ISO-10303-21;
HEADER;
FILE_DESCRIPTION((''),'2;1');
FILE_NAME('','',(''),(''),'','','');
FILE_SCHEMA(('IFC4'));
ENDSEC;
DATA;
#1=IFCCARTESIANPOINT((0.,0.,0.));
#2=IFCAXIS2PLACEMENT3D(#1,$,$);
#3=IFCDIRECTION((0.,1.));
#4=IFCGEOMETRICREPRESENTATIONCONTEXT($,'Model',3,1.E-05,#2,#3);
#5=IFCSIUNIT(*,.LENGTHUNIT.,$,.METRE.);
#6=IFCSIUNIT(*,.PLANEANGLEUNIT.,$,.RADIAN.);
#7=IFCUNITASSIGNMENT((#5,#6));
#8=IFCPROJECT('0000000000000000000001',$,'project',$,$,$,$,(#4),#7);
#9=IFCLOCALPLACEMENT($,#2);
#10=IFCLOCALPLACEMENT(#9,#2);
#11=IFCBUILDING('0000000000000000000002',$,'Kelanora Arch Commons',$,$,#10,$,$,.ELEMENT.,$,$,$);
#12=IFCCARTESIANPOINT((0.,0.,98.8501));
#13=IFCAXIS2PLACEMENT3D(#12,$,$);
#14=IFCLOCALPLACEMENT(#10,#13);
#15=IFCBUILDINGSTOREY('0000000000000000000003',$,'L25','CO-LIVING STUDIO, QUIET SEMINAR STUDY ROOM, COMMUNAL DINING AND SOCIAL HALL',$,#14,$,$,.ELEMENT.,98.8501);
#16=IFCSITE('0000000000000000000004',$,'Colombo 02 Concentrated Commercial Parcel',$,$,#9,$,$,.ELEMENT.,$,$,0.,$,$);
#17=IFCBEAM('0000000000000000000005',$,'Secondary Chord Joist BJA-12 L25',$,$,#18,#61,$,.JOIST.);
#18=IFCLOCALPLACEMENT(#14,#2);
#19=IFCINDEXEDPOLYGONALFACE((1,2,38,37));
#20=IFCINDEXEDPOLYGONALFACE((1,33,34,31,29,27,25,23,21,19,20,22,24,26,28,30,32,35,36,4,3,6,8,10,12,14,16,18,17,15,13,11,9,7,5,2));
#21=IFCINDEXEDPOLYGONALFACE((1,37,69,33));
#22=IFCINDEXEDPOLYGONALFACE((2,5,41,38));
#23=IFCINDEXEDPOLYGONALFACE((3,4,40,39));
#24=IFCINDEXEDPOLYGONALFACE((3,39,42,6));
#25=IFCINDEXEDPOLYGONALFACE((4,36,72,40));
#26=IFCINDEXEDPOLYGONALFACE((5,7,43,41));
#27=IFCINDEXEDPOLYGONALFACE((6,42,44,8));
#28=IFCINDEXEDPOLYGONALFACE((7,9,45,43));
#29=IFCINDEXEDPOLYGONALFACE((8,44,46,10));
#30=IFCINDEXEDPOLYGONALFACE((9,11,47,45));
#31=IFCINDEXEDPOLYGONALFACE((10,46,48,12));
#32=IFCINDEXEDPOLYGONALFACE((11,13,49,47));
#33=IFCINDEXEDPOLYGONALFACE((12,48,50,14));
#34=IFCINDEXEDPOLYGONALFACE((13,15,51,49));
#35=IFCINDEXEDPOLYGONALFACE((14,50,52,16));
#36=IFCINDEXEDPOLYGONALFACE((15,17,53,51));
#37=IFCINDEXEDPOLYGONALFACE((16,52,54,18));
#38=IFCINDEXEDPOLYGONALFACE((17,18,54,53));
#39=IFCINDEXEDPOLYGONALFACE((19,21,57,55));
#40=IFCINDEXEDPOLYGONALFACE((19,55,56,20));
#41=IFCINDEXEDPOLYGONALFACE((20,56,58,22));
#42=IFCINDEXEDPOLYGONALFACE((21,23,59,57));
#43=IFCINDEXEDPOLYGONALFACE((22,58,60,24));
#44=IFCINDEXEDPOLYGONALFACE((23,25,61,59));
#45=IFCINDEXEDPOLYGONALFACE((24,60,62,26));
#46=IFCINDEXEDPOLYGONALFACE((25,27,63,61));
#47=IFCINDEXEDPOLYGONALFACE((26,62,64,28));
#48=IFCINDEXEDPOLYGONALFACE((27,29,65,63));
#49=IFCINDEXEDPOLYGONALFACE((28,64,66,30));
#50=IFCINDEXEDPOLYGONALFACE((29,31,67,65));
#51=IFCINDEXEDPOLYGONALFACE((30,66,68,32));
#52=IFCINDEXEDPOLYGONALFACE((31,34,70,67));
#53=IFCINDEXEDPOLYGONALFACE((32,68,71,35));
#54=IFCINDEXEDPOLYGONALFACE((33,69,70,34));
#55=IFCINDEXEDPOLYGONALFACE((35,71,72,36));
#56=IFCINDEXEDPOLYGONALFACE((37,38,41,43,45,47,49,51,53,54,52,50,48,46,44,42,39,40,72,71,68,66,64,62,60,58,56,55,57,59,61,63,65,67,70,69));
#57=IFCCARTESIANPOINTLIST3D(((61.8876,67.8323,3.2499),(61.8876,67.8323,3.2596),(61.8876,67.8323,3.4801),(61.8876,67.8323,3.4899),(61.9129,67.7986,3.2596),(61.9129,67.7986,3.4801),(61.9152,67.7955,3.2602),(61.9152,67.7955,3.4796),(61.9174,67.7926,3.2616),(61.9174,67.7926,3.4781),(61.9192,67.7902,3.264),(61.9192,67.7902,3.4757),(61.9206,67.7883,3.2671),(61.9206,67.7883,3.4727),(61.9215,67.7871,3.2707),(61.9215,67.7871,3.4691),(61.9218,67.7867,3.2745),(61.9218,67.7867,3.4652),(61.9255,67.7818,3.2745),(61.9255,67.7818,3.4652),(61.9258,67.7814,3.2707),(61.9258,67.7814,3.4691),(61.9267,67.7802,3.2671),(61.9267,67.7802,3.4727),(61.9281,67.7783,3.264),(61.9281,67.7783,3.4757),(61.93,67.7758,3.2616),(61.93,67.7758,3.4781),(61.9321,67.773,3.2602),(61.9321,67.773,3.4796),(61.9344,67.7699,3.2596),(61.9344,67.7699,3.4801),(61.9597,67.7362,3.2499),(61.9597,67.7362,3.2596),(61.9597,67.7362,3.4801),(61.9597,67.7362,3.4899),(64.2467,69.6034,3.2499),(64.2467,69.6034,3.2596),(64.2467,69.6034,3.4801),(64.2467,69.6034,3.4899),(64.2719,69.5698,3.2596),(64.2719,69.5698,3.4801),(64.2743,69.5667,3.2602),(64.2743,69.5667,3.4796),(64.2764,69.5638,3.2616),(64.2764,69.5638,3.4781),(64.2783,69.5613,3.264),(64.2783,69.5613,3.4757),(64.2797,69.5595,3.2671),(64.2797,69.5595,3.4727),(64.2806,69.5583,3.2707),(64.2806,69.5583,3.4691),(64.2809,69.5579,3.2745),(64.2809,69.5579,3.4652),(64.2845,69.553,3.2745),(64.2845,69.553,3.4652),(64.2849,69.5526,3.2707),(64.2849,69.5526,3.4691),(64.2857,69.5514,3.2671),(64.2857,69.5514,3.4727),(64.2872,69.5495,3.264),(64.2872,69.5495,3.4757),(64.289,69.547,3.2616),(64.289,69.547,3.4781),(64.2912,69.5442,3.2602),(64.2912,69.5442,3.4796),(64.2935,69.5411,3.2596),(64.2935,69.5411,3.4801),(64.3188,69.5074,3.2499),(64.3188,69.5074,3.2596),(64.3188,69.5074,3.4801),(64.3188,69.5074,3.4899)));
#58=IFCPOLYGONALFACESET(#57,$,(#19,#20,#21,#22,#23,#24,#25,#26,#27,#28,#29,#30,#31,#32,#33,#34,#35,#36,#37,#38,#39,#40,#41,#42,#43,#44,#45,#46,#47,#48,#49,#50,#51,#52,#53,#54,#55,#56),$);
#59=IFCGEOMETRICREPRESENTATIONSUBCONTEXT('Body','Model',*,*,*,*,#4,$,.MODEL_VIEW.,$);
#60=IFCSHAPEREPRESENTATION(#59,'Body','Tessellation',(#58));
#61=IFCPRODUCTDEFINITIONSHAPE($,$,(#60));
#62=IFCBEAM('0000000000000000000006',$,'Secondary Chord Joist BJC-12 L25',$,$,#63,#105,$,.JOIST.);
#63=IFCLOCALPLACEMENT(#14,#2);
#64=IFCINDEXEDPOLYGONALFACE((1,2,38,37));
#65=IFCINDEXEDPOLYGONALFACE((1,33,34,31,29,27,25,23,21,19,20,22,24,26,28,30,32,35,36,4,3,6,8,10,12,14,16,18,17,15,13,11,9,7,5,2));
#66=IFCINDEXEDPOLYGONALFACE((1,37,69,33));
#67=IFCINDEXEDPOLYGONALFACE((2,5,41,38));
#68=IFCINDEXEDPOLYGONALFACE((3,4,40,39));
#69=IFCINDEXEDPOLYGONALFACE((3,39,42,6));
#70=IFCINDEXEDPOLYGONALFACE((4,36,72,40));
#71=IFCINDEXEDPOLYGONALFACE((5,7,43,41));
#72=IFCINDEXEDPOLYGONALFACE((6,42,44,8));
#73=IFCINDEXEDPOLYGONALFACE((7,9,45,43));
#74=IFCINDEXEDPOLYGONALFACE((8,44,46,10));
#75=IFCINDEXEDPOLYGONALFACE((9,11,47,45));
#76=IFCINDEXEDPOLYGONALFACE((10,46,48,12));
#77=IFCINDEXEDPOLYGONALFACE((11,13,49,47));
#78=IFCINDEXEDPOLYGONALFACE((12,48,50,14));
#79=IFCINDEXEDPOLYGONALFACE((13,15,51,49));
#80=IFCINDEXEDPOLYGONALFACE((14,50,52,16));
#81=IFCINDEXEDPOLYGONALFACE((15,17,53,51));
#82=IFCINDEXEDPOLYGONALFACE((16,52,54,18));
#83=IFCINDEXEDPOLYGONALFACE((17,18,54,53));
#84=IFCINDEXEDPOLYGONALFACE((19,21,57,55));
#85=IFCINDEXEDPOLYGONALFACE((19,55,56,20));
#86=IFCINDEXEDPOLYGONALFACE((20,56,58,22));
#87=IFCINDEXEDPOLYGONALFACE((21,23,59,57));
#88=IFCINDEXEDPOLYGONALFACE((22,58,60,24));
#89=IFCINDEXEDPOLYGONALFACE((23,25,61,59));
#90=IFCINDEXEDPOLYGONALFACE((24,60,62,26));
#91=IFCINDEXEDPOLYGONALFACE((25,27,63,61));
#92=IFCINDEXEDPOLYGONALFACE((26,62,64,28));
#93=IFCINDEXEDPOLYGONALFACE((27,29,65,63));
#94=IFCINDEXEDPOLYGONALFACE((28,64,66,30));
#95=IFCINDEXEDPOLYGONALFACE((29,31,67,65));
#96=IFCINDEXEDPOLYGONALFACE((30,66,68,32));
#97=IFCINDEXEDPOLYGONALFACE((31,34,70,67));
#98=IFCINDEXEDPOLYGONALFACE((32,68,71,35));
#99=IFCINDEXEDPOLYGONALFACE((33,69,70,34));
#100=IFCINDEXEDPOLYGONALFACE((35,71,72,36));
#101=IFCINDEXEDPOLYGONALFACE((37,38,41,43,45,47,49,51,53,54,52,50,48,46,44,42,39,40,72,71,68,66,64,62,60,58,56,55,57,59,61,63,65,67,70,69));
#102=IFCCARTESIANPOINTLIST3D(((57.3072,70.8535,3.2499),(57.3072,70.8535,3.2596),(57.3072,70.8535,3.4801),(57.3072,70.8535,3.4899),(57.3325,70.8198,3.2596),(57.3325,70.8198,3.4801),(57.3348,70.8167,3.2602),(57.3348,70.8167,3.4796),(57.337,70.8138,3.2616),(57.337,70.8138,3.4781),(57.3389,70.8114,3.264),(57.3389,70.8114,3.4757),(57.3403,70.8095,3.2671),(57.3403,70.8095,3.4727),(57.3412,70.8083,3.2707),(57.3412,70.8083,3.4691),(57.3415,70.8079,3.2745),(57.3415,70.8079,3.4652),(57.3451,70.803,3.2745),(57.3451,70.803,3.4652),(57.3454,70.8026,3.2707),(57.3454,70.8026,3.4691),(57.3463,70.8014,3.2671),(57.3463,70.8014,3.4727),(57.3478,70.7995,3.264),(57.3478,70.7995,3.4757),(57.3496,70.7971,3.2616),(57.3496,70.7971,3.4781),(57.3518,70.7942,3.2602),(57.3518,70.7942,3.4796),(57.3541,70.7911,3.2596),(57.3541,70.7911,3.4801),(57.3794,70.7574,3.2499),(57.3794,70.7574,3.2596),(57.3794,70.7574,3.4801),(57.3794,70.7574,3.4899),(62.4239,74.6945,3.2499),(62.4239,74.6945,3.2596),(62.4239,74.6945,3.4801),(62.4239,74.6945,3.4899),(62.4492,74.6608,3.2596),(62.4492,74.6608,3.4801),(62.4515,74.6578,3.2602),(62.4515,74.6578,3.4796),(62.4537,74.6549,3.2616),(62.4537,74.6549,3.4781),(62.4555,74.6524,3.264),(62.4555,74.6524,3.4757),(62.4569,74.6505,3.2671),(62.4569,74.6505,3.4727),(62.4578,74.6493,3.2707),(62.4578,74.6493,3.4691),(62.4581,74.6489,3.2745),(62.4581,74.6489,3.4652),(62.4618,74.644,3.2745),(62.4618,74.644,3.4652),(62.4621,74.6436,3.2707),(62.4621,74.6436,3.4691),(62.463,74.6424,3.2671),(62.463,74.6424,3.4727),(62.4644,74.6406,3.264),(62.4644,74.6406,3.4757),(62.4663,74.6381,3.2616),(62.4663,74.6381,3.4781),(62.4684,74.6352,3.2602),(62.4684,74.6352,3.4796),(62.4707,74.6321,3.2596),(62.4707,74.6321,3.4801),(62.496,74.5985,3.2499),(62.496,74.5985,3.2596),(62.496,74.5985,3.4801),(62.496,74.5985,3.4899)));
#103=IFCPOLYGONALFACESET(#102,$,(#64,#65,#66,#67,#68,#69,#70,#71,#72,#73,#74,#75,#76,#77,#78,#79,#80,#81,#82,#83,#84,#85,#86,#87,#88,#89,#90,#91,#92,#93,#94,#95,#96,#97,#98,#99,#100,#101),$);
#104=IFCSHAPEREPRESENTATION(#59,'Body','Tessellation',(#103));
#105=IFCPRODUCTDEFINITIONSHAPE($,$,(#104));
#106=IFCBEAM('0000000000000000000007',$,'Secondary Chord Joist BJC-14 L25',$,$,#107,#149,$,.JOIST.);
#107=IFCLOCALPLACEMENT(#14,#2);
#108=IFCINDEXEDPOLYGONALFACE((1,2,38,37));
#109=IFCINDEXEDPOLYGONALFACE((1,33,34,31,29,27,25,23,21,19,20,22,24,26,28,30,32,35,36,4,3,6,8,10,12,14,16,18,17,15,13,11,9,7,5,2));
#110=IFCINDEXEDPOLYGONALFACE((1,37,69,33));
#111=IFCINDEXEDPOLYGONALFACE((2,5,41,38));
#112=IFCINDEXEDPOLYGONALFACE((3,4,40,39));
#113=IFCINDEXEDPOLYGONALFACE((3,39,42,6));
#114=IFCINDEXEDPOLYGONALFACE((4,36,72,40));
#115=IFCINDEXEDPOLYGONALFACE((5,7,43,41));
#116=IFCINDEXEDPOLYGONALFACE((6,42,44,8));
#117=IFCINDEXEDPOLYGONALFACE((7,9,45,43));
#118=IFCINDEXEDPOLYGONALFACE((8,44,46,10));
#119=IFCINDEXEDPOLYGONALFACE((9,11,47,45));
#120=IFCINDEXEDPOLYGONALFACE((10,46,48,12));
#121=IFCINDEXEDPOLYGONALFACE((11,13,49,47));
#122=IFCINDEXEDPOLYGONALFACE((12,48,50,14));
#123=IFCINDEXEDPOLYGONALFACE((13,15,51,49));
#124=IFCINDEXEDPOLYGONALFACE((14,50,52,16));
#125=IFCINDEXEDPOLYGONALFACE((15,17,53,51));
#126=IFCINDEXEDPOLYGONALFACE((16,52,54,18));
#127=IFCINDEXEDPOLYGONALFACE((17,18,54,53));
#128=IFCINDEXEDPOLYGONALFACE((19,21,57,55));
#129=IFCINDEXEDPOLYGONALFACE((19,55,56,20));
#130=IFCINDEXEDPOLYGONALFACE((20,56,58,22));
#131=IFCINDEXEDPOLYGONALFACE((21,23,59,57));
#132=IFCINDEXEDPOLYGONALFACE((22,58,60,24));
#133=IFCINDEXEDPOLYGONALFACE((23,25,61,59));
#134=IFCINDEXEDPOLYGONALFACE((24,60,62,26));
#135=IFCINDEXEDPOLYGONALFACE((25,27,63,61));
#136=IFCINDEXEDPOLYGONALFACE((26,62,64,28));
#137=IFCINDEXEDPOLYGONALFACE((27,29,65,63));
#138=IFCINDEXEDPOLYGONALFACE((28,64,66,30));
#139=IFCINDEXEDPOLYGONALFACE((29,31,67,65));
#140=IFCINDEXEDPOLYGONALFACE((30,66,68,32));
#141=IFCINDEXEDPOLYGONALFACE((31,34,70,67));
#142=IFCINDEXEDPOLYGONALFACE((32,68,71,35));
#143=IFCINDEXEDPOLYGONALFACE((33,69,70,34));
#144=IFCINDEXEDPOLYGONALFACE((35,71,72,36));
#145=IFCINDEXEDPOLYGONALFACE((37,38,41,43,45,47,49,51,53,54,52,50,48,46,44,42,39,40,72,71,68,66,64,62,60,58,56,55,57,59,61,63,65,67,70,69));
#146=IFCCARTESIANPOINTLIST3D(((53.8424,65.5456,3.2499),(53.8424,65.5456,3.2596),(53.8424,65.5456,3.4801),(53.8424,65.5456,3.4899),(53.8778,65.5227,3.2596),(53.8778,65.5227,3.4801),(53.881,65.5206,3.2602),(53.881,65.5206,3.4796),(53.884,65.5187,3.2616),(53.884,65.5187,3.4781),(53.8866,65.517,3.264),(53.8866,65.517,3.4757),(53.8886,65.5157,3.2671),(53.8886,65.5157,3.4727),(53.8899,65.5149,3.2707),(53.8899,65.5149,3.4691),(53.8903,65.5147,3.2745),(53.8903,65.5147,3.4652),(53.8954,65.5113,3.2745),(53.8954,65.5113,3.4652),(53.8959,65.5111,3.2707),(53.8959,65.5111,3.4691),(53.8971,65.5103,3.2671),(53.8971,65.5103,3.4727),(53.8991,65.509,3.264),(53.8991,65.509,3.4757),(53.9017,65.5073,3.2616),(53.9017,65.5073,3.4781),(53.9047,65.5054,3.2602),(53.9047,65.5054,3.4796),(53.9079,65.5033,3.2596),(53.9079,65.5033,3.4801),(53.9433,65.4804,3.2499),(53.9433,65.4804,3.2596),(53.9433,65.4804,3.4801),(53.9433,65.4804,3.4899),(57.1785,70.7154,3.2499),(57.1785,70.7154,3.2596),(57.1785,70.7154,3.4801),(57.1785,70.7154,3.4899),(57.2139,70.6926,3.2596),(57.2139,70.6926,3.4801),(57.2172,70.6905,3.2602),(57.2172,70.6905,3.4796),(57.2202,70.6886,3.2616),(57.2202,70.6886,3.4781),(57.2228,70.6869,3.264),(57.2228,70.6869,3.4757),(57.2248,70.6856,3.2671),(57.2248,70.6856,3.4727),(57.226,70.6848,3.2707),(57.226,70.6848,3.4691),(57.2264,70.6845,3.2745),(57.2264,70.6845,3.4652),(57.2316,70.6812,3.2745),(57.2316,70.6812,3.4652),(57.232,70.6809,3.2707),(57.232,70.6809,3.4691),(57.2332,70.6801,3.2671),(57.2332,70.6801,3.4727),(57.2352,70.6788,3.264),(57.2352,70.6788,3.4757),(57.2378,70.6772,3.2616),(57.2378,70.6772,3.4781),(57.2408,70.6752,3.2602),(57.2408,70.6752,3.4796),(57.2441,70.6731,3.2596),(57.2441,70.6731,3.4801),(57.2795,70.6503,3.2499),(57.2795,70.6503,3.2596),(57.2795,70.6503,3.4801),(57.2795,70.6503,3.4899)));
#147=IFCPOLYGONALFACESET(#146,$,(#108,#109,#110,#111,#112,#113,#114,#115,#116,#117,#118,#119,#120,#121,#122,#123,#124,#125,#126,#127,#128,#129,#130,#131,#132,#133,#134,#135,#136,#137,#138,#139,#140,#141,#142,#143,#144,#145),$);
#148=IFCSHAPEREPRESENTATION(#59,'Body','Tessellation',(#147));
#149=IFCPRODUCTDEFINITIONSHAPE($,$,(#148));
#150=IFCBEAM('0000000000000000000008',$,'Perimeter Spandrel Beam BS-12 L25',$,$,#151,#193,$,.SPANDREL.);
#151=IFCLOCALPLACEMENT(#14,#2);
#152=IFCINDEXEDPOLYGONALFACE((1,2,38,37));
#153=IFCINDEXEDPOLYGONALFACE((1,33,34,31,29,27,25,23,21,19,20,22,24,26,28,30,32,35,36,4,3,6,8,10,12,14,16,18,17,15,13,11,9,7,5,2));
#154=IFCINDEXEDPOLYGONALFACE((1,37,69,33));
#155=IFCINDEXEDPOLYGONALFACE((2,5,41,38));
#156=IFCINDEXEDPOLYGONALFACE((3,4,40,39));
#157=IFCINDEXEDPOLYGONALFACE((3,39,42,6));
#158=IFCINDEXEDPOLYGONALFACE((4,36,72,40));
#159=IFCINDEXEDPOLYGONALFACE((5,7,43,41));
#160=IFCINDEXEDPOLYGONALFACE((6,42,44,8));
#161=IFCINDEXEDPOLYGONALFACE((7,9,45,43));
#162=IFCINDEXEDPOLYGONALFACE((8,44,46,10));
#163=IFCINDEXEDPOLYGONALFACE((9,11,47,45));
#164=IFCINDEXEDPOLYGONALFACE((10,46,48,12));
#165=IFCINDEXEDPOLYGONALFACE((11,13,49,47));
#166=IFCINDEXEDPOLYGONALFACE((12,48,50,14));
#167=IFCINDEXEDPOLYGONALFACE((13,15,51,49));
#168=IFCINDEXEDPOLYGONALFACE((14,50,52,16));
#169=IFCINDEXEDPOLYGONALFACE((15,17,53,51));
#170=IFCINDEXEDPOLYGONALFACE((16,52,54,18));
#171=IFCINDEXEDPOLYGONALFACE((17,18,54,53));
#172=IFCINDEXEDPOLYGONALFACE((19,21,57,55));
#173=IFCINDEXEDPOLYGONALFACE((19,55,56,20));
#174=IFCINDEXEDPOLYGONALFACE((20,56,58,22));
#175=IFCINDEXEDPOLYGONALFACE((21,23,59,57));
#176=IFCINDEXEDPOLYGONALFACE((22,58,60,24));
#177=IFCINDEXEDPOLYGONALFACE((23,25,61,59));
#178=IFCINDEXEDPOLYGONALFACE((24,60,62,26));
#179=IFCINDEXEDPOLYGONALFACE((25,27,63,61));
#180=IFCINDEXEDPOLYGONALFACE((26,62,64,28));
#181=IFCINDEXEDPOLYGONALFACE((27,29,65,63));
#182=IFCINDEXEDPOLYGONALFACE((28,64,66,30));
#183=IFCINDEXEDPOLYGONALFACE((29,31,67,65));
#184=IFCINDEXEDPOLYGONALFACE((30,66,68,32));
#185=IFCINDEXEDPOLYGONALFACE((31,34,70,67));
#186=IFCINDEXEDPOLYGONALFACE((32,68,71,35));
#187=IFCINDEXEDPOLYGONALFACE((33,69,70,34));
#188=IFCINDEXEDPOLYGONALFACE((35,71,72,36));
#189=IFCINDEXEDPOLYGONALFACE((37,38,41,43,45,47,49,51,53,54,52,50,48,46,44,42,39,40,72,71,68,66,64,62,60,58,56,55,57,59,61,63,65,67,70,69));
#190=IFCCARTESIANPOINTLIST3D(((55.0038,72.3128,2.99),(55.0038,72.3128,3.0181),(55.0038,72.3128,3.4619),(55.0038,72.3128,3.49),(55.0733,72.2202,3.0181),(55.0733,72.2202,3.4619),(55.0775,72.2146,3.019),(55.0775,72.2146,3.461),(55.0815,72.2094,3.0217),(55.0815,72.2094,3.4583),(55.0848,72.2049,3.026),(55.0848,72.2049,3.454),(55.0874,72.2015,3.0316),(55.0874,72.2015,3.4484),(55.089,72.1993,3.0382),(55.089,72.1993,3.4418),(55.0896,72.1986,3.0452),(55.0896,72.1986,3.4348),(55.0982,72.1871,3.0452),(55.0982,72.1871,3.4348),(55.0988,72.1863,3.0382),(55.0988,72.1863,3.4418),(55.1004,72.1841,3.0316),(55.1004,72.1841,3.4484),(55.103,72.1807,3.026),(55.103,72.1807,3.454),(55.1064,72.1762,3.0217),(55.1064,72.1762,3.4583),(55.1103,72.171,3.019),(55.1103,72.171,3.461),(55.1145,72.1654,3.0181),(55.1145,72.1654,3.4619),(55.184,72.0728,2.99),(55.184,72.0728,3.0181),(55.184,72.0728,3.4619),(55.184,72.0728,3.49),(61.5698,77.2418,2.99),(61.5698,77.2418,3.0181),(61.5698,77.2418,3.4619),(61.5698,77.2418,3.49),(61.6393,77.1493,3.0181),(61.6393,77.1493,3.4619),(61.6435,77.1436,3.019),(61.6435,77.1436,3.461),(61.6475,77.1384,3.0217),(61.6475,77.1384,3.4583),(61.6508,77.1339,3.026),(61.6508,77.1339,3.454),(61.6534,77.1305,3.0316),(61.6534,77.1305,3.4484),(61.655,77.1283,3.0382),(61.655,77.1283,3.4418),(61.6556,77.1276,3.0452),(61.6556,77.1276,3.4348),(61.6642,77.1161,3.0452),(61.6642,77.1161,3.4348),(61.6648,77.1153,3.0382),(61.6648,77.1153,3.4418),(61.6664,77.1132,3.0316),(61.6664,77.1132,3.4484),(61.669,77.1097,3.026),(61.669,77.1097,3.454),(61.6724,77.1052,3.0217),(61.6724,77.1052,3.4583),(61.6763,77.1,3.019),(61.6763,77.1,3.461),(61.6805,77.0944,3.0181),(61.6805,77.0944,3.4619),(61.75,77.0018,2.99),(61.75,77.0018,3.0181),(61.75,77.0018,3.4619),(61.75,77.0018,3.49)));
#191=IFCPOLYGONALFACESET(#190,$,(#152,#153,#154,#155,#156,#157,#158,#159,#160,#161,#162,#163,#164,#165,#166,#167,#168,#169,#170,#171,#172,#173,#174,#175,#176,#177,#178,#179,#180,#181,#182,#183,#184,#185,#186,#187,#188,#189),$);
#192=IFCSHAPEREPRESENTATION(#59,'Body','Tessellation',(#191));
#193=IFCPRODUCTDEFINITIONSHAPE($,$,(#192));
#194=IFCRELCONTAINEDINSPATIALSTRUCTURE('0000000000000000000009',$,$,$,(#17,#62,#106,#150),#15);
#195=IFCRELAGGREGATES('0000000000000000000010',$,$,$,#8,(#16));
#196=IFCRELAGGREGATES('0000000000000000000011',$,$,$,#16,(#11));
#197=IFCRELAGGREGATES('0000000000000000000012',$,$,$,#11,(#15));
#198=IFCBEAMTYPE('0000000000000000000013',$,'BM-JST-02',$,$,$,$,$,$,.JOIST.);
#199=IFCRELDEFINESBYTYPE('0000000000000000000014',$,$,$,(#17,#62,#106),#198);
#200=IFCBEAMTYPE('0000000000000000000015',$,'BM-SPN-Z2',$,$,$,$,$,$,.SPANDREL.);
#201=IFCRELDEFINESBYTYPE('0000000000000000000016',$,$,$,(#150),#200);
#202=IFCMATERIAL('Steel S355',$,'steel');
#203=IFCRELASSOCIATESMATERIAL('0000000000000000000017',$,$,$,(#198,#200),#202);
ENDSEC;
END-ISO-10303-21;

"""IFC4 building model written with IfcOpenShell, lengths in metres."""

from ifc_helpers import new_model, si_unit, direction, frame, origin, origin_2d, place, context, subcontext, project, spatial, i_section, extrude, material, material_profile, profile_set, type_object, element, save


model = new_model("IFC4")

# Units and contexts
model_context = context("Model", 3, precision=1e-05, world=origin(), true_north=direction((0.0, 1.0)))
body_context = subcontext(model_context, "Body", "Model", "MODEL_VIEW")
ifc_project = project(units=[si_unit("LENGTHUNIT", "METRE"), si_unit("PLANEANGLEUNIT", "RADIAN")], contexts=[model_context])

# Site, building, storey
site_placement = place(None, origin())
site = spatial("IfcSite", under=ifc_project, at=site_placement, Name="Colombo 02 Concentrated Commercial Parcel", CompositionType="ELEMENT", RefElevation=0.0)
building_placement = place(site_placement, origin())
building = spatial("IfcBuilding", under=site, at=building_placement, Name="Kelanora Arch Commons", CompositionType="ELEMENT")
storey_placement = place(building_placement, frame((0.0, 0.0, 98.8501)))
storey = spatial("IfcBuildingStorey", under=building, at=storey_placement, Name="L25", Description="CO-LIVING STUDIO, QUIET SEMINAR STUDY ROOM, COMMUNAL DINING AND SOCIAL HALL", CompositionType="ELEMENT", Elevation=98.8501)

# Beams
ifc_material_1 = material(Name="Steel S355", Category="steel")
ifc_material_profile_1 = material_profile(ifc_material_1, i_section(OverallWidth=0.1201, OverallDepth=0.24, WebThickness=0.0061, FlangeThickness=0.0098, FilletRadius=0.0149, at=origin_2d()), Name="IPE240")
ifc_profile_set_1 = profile_set([ifc_material_profile_1], Name="Steel S355")
beam_type_1 = type_object("IfcBeamType", Name="BM-JST-02", PredefinedType="JOIST", material=ifc_profile_set_1)
beam_1_placement = place(storey_placement, frame((64.2827, 69.5554, 3.3699), z_axis=(-0.799692, -0.60041, 0.0), x_axis=(0.60041, -0.799692, 0.0)))
element("IfcBeam", 1, at=beam_1_placement, inside=storey, type_object=beam_type_1, Name="Secondary Chord Joist BJA-12 L25", PredefinedType="JOIST", context=body_context, shape_type="SweptSolid", body=[
    extrude(i_section(OverallWidth=0.1201, OverallDepth=0.24, WebThickness=0.0061, FlangeThickness=0.0098, FilletRadius=0.0149, at=origin_2d()), origin(), (0.0, 0.0, 1.0), 2.95),
])
beam_2_placement = place(storey_placement, frame((62.46, 74.6465, 3.3699), z_axis=(-0.799734, -0.600354, 0.0), x_axis=(0.600354, -0.799734, 0.0)))
element("IfcBeam", 2, at=beam_2_placement, inside=storey, type_object=beam_type_1, Name="Secondary Chord Joist BJC-12 L25", PredefinedType="JOIST", context=body_context, shape_type="SweptSolid", body=[
    extrude(i_section(OverallWidth=0.1201, OverallDepth=0.24, WebThickness=0.0061, FlangeThickness=0.0098, FilletRadius=0.0149, at=origin_2d()), origin(), (0.0, 0.0, 1.0), 6.3979),
])
beam_3_placement = place(storey_placement, frame((57.229, 70.6829, 3.3699), z_axis=(-0.542213, -0.840241, 0.0), x_axis=(0.840241, -0.542213, 0.0)))
element("IfcBeam", 3, at=beam_3_placement, inside=storey, type_object=beam_type_1, Name="Secondary Chord Joist BJC-14 L25", PredefinedType="JOIST", context=body_context, shape_type="SweptSolid", body=[
    extrude(i_section(OverallWidth=0.1201, OverallDepth=0.24, WebThickness=0.0061, FlangeThickness=0.0098, FilletRadius=0.0149, at=origin_2d()), origin(), (0.0, 0.0, 1.0), 6.1528),
])
ifc_material_profile_2 = material_profile(ifc_material_1, i_section(OverallWidth=0.3, OverallDepth=0.5, WebThickness=0.0144, FlangeThickness=0.0281, FilletRadius=0.0271, at=origin_2d()), Name="HEB500")
ifc_profile_set_2 = profile_set([ifc_material_profile_2], Name="Steel S355")
beam_type_2 = type_object("IfcBeamType", Name="BM-SPN-Z2", PredefinedType="SPANDREL", material=ifc_profile_set_2)
beam_4_placement = place(storey_placement, frame((61.6599, 77.1218, 3.24), z_axis=(-0.799736, -0.600352, 0.0), x_axis=(0.600352, -0.799736, 0.0)))
element("IfcBeam", 4, at=beam_4_placement, inside=storey, type_object=beam_type_2, Name="Perimeter Spandrel Beam BS-12 L25", PredefinedType="SPANDREL", context=body_context, shape_type="SweptSolid", body=[
    extrude(i_section(OverallWidth=0.3, OverallDepth=0.5, WebThickness=0.0144, FlangeThickness=0.0281, FilletRadius=0.0271, at=origin_2d()), origin(), (0.0, 0.0, 1.0), 8.2102),
])

save(model, "model.ifc")
